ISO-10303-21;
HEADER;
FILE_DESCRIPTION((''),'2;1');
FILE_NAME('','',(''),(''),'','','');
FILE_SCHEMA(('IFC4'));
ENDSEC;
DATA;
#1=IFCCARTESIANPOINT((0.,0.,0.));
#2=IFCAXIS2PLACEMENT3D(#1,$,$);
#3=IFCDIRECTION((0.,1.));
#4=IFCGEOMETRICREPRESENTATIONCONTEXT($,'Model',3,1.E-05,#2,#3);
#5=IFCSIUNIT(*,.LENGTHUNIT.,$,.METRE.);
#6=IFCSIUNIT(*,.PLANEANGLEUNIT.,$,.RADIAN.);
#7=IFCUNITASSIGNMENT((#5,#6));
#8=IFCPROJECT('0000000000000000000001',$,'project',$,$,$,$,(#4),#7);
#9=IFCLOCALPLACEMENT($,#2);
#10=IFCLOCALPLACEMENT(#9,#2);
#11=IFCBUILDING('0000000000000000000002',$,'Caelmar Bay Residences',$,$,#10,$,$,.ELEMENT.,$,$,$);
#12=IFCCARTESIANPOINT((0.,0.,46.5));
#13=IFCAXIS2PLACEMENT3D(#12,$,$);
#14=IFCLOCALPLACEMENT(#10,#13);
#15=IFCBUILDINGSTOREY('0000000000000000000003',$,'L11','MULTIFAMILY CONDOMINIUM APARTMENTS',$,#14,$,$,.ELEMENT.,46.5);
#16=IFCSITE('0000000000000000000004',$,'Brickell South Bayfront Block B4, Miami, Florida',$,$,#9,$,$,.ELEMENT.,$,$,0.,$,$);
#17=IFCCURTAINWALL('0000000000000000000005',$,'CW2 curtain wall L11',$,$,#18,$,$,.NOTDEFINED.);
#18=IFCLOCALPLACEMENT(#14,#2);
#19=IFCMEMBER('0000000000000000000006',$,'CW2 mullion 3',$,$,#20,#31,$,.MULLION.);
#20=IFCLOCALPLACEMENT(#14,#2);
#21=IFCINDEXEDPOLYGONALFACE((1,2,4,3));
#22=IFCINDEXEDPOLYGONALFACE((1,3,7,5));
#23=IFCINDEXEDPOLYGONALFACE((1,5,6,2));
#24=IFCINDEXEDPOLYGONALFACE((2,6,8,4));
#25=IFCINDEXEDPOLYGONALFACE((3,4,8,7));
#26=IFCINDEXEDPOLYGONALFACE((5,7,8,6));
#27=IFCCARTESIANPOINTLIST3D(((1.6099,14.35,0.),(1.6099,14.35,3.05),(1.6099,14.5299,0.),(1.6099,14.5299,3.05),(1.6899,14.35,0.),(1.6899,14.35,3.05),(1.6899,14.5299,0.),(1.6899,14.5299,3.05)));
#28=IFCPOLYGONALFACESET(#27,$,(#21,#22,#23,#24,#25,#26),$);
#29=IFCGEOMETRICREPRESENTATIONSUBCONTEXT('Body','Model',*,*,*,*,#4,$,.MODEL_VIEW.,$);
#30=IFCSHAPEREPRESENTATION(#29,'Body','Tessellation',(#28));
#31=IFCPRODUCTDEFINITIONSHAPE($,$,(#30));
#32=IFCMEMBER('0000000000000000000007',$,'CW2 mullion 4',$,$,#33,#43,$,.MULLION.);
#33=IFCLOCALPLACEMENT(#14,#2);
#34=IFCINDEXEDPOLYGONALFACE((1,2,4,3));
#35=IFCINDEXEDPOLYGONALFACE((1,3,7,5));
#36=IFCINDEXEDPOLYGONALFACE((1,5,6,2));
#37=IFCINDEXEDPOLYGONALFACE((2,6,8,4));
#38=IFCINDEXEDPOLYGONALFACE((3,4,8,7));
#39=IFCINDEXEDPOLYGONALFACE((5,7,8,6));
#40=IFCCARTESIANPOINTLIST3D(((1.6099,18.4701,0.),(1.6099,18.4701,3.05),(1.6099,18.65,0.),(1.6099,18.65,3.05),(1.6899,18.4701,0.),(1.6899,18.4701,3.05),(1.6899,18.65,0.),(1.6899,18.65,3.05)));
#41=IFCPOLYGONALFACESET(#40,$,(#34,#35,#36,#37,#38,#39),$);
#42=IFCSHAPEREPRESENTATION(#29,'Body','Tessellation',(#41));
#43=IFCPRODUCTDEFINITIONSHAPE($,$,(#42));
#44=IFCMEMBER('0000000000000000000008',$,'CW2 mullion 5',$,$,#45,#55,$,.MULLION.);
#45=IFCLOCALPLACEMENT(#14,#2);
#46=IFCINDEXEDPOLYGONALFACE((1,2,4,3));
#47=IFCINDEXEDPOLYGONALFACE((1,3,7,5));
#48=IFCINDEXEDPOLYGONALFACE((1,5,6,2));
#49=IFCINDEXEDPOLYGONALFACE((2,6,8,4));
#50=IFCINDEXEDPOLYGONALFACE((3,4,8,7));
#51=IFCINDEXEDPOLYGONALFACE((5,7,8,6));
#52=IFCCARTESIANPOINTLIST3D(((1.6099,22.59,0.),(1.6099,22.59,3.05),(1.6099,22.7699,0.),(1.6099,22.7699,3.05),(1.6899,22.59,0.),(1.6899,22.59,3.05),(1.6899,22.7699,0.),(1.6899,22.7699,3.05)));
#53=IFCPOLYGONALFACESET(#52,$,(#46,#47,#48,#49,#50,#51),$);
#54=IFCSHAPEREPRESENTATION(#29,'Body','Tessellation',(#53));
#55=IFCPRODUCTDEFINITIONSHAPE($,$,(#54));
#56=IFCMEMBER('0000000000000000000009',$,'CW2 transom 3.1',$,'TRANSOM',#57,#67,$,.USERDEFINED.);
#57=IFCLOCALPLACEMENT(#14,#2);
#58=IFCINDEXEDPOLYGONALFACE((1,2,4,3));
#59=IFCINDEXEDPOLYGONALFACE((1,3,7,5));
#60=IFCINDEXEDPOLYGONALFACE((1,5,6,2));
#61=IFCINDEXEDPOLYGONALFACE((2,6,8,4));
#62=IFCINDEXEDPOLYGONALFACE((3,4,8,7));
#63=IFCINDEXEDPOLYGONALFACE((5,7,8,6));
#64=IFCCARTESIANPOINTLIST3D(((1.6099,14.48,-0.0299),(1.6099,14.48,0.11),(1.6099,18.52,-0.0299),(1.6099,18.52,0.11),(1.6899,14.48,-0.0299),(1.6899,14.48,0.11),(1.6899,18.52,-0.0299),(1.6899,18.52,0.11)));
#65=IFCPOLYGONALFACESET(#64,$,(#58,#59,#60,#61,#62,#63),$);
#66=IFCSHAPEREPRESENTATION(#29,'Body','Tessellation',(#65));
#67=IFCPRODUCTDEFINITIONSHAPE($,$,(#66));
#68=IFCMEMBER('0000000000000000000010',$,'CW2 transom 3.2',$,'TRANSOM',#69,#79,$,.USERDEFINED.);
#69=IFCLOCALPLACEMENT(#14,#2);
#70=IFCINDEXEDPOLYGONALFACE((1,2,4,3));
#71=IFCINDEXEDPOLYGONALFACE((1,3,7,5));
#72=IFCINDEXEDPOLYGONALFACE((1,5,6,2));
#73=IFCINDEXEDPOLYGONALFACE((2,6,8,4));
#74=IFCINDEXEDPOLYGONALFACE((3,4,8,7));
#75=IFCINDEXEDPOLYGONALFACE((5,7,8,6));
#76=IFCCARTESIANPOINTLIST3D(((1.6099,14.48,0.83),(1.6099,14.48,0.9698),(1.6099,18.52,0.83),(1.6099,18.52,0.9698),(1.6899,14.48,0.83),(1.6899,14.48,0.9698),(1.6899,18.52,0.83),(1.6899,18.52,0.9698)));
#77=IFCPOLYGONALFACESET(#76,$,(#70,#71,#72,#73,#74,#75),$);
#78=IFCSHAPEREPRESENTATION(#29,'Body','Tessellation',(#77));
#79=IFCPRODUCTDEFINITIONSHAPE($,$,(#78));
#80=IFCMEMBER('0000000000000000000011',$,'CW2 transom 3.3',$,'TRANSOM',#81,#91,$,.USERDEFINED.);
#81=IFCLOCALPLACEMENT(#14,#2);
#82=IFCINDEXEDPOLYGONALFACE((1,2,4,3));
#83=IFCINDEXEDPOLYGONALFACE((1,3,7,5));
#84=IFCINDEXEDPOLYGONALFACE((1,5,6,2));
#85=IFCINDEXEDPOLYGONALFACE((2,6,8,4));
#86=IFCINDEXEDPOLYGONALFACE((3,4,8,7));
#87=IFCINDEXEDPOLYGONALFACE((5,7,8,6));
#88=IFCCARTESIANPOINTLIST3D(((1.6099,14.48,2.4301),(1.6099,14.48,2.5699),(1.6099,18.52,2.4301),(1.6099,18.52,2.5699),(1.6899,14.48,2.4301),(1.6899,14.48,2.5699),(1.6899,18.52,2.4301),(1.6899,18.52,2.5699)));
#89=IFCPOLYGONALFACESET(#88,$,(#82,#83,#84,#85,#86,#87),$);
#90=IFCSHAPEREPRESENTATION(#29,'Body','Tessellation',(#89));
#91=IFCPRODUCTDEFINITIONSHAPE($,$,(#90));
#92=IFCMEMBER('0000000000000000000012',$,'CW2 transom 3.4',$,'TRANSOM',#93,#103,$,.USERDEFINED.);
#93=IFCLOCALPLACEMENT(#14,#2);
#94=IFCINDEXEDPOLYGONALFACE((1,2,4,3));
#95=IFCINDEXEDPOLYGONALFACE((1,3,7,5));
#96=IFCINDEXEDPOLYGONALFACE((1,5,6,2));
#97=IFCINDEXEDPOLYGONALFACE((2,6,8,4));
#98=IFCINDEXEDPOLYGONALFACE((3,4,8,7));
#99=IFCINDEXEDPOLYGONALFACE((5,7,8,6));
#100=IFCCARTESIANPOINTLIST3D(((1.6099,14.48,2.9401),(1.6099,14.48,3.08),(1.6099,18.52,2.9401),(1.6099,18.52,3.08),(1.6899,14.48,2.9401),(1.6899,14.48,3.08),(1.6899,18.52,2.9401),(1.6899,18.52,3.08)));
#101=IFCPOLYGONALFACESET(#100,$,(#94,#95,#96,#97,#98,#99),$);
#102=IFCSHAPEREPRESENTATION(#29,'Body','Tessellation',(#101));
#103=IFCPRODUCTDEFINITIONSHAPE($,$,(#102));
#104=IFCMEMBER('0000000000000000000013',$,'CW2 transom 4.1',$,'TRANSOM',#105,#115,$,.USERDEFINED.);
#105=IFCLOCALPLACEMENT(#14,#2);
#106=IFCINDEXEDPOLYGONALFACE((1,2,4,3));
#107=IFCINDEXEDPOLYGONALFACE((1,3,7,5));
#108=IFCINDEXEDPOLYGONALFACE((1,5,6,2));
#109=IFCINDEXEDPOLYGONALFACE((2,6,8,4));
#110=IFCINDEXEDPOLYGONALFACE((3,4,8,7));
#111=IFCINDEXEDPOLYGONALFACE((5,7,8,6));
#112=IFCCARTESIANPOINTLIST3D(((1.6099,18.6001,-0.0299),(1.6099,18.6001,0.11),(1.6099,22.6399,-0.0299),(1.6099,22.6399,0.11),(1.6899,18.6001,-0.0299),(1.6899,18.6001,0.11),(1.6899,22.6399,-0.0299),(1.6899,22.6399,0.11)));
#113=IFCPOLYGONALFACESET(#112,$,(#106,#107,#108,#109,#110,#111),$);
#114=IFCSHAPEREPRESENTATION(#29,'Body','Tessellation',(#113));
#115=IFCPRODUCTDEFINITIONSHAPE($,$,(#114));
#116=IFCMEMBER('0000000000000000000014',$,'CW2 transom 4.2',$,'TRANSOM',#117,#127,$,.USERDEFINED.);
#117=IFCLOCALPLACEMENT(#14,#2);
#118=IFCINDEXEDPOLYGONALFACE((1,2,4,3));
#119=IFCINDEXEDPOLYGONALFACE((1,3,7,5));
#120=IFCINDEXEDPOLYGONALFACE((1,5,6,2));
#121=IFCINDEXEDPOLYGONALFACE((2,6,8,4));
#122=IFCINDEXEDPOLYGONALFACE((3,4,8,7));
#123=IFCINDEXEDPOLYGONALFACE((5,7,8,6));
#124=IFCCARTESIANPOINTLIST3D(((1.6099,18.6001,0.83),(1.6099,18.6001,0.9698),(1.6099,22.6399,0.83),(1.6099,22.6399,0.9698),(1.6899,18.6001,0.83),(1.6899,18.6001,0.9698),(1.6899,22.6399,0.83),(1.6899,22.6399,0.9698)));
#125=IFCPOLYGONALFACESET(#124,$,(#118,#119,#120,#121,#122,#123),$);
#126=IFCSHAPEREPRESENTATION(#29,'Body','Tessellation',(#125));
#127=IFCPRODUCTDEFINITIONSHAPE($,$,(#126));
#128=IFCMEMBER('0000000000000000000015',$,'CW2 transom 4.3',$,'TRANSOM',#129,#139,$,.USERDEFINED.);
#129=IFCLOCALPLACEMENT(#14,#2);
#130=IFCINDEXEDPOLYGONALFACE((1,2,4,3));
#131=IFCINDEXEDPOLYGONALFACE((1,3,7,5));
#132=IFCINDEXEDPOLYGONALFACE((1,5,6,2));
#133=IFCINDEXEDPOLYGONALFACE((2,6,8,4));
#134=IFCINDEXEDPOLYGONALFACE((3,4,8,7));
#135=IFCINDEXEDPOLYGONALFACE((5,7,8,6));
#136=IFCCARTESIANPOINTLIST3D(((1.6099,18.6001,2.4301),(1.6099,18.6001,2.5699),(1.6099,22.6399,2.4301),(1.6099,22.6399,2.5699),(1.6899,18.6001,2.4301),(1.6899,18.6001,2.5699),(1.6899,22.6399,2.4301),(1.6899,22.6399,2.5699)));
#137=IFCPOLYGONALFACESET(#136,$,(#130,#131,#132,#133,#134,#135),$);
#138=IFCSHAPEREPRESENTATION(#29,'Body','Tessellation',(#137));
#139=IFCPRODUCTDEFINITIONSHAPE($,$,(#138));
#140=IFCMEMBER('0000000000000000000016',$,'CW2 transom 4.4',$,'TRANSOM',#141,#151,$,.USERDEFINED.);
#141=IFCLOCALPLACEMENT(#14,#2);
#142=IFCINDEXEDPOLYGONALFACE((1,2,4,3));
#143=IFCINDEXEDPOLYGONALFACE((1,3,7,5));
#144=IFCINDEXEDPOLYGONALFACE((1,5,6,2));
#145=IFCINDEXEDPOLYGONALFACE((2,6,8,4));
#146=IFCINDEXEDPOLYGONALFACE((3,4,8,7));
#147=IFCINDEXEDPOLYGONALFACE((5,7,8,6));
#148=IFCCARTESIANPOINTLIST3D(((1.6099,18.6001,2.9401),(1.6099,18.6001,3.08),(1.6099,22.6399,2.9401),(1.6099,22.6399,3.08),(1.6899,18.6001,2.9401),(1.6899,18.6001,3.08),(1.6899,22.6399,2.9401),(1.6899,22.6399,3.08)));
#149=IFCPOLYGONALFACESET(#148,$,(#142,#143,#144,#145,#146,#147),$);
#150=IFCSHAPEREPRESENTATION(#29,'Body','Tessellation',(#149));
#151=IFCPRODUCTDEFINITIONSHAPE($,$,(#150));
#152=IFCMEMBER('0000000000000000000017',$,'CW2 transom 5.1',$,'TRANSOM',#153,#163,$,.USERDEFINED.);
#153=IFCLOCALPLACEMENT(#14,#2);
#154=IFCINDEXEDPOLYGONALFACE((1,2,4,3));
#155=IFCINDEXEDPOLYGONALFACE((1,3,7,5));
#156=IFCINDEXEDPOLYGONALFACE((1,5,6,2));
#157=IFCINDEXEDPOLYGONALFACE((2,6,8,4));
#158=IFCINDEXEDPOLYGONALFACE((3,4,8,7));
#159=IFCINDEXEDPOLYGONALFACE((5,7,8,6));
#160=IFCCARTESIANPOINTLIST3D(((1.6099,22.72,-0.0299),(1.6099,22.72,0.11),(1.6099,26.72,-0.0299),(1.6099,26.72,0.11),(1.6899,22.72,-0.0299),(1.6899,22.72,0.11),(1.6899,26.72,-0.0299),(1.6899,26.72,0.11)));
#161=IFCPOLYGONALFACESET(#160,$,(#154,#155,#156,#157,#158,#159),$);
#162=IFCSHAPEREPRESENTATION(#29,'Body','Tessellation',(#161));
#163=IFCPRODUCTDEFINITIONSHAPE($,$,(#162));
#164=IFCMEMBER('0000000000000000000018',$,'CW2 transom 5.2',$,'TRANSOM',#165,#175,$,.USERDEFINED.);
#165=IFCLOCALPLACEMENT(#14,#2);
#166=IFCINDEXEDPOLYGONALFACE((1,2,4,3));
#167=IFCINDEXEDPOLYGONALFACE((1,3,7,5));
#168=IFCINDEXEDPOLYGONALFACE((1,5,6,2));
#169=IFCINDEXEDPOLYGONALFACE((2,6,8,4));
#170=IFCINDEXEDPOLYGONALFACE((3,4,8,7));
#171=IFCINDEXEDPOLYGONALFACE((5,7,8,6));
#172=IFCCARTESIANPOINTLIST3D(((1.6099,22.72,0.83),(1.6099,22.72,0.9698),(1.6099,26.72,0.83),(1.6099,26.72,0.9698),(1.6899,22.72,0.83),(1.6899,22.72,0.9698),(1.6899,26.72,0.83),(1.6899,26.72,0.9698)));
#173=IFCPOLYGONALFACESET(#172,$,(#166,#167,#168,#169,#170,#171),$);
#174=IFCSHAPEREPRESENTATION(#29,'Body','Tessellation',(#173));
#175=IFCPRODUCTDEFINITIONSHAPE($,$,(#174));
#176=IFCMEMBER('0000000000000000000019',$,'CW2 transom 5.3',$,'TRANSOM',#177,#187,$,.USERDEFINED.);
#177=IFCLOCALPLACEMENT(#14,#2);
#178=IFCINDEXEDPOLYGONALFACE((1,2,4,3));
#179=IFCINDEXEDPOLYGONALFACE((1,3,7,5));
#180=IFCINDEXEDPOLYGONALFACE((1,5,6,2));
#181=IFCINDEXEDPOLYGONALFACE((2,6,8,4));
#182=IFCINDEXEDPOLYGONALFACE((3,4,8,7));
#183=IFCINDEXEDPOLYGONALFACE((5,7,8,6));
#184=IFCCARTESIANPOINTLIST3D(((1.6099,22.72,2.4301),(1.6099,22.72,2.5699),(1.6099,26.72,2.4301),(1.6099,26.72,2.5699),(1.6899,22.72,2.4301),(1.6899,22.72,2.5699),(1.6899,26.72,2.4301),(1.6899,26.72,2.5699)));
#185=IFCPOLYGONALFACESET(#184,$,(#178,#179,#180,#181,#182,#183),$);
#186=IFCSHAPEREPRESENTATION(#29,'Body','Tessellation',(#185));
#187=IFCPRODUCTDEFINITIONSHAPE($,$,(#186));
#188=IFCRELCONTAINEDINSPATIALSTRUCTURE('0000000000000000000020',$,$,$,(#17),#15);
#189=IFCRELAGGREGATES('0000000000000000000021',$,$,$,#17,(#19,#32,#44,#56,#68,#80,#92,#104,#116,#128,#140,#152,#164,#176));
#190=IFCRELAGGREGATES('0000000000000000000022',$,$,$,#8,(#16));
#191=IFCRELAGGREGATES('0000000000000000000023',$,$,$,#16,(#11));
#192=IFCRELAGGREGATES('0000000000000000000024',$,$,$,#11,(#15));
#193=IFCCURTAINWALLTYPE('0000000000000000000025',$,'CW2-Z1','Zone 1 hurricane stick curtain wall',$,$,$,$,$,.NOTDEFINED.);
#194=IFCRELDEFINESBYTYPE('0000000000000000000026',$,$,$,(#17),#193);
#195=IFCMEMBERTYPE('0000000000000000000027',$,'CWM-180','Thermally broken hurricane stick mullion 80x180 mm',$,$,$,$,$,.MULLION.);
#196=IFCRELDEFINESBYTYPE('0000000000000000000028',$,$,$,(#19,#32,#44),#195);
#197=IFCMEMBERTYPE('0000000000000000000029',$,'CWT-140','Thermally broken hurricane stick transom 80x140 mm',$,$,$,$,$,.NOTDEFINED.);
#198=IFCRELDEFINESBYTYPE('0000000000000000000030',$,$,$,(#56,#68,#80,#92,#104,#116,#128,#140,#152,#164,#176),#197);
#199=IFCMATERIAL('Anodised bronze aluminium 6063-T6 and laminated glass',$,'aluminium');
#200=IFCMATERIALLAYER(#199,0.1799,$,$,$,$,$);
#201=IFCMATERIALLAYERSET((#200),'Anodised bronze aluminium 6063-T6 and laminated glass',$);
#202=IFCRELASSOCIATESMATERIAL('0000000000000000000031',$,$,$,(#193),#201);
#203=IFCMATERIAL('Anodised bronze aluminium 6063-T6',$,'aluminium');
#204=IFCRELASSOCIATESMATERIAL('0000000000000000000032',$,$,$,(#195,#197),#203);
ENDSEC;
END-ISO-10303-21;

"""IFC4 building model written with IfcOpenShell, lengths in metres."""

from ifc_helpers import new_model, si_unit, direction, frame, origin, origin_2d, place, context, subcontext, project, spatial, rectangle, extrude, material, layer, layer_set, material_profile, profile_set, type_object, element, aggregate, save


model = new_model("IFC4")

# Units and contexts
model_context = context("Model", 3, precision=1e-05, world=origin(), true_north=direction((0.0, 1.0)))
body_context = subcontext(model_context, "Body", "Model", "MODEL_VIEW")
ifc_project = project(units=[si_unit("LENGTHUNIT", "METRE"), si_unit("PLANEANGLEUNIT", "RADIAN")], contexts=[model_context])

# Site, building, storey
site_placement = place(None, origin())
site = spatial("IfcSite", under=ifc_project, at=site_placement, Name="Brickell South Bayfront Block B4, Miami, Florida", CompositionType="ELEMENT", RefElevation=0.0)
building_placement = place(site_placement, origin())
building = spatial("IfcBuilding", under=site, at=building_placement, Name="Caelmar Bay Residences", CompositionType="ELEMENT")
storey_placement = place(building_placement, frame((0.0, 0.0, 46.5)))
storey = spatial("IfcBuildingStorey", under=building, at=storey_placement, Name="L11", Description="MULTIFAMILY CONDOMINIUM APARTMENTS", CompositionType="ELEMENT", Elevation=46.5)

# Curtain wall, members
ifc_material_1 = material(Name="Anodised bronze aluminium 6063-T6 and laminated glass", Category="aluminium")
ifc_layer_1 = layer(ifc_material_1, 0.1799)
ifc_layer_set_1 = layer_set([ifc_layer_1], Name="Anodised bronze aluminium 6063-T6 and laminated glass")
curtain_wall_type = type_object("IfcCurtainWallType", Name="CW2-Z1", Description="Zone 1 hurricane stick curtain wall", PredefinedType="NOTDEFINED", material=ifc_layer_set_1)
curtain_wall_placement = place(storey_placement, origin())
curtain_wall = element("IfcCurtainWall", 1, at=curtain_wall_placement, inside=storey, type_object=curtain_wall_type, Name="CW2 curtain wall L11", PredefinedType="NOTDEFINED")
ifc_material_2 = material(Name="Anodised bronze aluminium 6063-T6", Category="aluminium")
ifc_material_profile_1 = material_profile(ifc_material_2, rectangle(XDim=0.0801, YDim=0.1799, at=origin_2d()), Name="CWM-80X180")
ifc_profile_set_1 = profile_set([ifc_material_profile_1], Name="Anodised bronze aluminium 6063-T6")
member_type_1 = type_object("IfcMemberType", Name="CWM-180", Description="Thermally broken hurricane stick mullion 80x180 mm", PredefinedType="MULLION", material=ifc_profile_set_1)
member_1_placement = place(storey_placement, frame((1.6499, 14.4399, 0.0), z_axis=(0.0, 0.0, 1.0), x_axis=(-1.0, 0.0, 0.0)))
member_1 = element("IfcMember", 2, at=member_1_placement, type_object=member_type_1, Name="CW2 mullion 3", PredefinedType="MULLION", context=body_context, shape_type="SweptSolid", body=[
    extrude(rectangle(XDim=0.0801, YDim=0.1799, at=origin_2d()), origin(), (0.0, 0.0, 1.0), 3.05),
])
member_2_placement = place(storey_placement, frame((1.6499, 18.5601, 0.0), z_axis=(0.0, 0.0, 1.0), x_axis=(-1.0, 0.0, 0.0)))
member_2 = element("IfcMember", 3, at=member_2_placement, type_object=member_type_1, Name="CW2 mullion 4", PredefinedType="MULLION", context=body_context, shape_type="SweptSolid", body=[
    extrude(rectangle(XDim=0.0801, YDim=0.1799, at=origin_2d()), origin(), (0.0, 0.0, 1.0), 3.05),
])
member_3_placement = place(storey_placement, frame((1.6499, 22.6799, 0.0), z_axis=(0.0, 0.0, 1.0), x_axis=(-1.0, 0.0, 0.0)))
member_3 = element("IfcMember", 4, at=member_3_placement, type_object=member_type_1, Name="CW2 mullion 5", PredefinedType="MULLION", context=body_context, shape_type="SweptSolid", body=[
    extrude(rectangle(XDim=0.0801, YDim=0.1799, at=origin_2d()), origin(), (0.0, 0.0, 1.0), 3.05),
])
ifc_material_profile_2 = material_profile(ifc_material_2, rectangle(XDim=0.0801, YDim=0.1399, at=origin_2d()), Name="CWT-80X140")
ifc_profile_set_2 = profile_set([ifc_material_profile_2], Name="Anodised bronze aluminium 6063-T6")
member_type_2 = type_object("IfcMemberType", Name="CWT-140", Description="Thermally broken hurricane stick transom 80x140 mm", PredefinedType="NOTDEFINED", material=ifc_profile_set_2)
member_4_placement = place(storey_placement, frame((1.6499, 14.48, 0.04), z_axis=(0.0, 1.0, 0.0), x_axis=(-1.0, 0.0, 0.0)))
member_4 = element("IfcMember", 5, at=member_4_placement, type_object=member_type_2, Name="CW2 transom 3.1", ObjectType="TRANSOM", PredefinedType="USERDEFINED", context=body_context, shape_type="SweptSolid", body=[
    extrude(rectangle(XDim=0.0801, YDim=0.1399, at=origin_2d()), origin(), (0.0, 0.0, 1.0), 4.04),
])
member_5_placement = place(storey_placement, frame((1.6499, 14.48, 0.8999), z_axis=(0.0, 1.0, 0.0), x_axis=(-1.0, 0.0, 0.0)))
member_5 = element("IfcMember", 6, at=member_5_placement, type_object=member_type_2, Name="CW2 transom 3.2", ObjectType="TRANSOM", PredefinedType="USERDEFINED", context=body_context, shape_type="SweptSolid", body=[
    extrude(rectangle(XDim=0.0801, YDim=0.1399, at=origin_2d()), origin(), (0.0, 0.0, 1.0), 4.04),
])
member_6_placement = place(storey_placement, frame((1.6499, 14.48, 2.5), z_axis=(0.0, 1.0, 0.0), x_axis=(-1.0, 0.0, 0.0)))
member_6 = element("IfcMember", 7, at=member_6_placement, type_object=member_type_2, Name="CW2 transom 3.3", ObjectType="TRANSOM", PredefinedType="USERDEFINED", context=body_context, shape_type="SweptSolid", body=[
    extrude(rectangle(XDim=0.0801, YDim=0.1399, at=origin_2d()), origin(), (0.0, 0.0, 1.0), 4.04),
])
member_7_placement = place(storey_placement, frame((1.6499, 14.48, 3.01), z_axis=(0.0, 1.0, 0.0), x_axis=(-1.0, 0.0, 0.0)))
member_7 = element("IfcMember", 8, at=member_7_placement, type_object=member_type_2, Name="CW2 transom 3.4", ObjectType="TRANSOM", PredefinedType="USERDEFINED", context=body_context, shape_type="SweptSolid", body=[
    extrude(rectangle(XDim=0.0801, YDim=0.1399, at=origin_2d()), origin(), (0.0, 0.0, 1.0), 4.04),
])
member_8_placement = place(storey_placement, frame((1.6499, 18.6001, 0.04), z_axis=(0.0, 1.0, 0.0), x_axis=(-1.0, 0.0, 0.0)))
member_8 = element("IfcMember", 9, at=member_8_placement, type_object=member_type_2, Name="CW2 transom 4.1", ObjectType="TRANSOM", PredefinedType="USERDEFINED", context=body_context, shape_type="SweptSolid", body=[
    extrude(rectangle(XDim=0.0801, YDim=0.1399, at=origin_2d()), origin(), (0.0, 0.0, 1.0), 4.0398),
])
member_9_placement = place(storey_placement, frame((1.6499, 18.6001, 0.8999), z_axis=(0.0, 1.0, 0.0), x_axis=(-1.0, 0.0, 0.0)))
member_9 = element("IfcMember", 10, at=member_9_placement, type_object=member_type_2, Name="CW2 transom 4.2", ObjectType="TRANSOM", PredefinedType="USERDEFINED", context=body_context, shape_type="SweptSolid", body=[
    extrude(rectangle(XDim=0.0801, YDim=0.1399, at=origin_2d()), origin(), (0.0, 0.0, 1.0), 4.0398),
])
member_10_placement = place(storey_placement, frame((1.6499, 18.6001, 2.5), z_axis=(0.0, 1.0, 0.0), x_axis=(-1.0, 0.0, 0.0)))
member_10 = element("IfcMember", 11, at=member_10_placement, type_object=member_type_2, Name="CW2 transom 4.3", ObjectType="TRANSOM", PredefinedType="USERDEFINED", context=body_context, shape_type="SweptSolid", body=[
    extrude(rectangle(XDim=0.0801, YDim=0.1399, at=origin_2d()), origin(), (0.0, 0.0, 1.0), 4.0398),
])
member_11_placement = place(storey_placement, frame((1.6499, 18.6001, 3.01), z_axis=(0.0, 1.0, 0.0), x_axis=(-1.0, 0.0, 0.0)))
member_11 = element("IfcMember", 12, at=member_11_placement, type_object=member_type_2, Name="CW2 transom 4.4", ObjectType="TRANSOM", PredefinedType="USERDEFINED", context=body_context, shape_type="SweptSolid", body=[
    extrude(rectangle(XDim=0.0801, YDim=0.1399, at=origin_2d()), origin(), (0.0, 0.0, 1.0), 4.0398),
])
member_12_placement = place(storey_placement, frame((1.6499, 22.72, 0.04), z_axis=(0.0, 1.0, 0.0), x_axis=(-1.0, 0.0, 0.0)))
member_12 = element("IfcMember", 13, at=member_12_placement, type_object=member_type_2, Name="CW2 transom 5.1", ObjectType="TRANSOM", PredefinedType="USERDEFINED", context=body_context, shape_type="SweptSolid", body=[
    extrude(rectangle(XDim=0.0801, YDim=0.1399, at=origin_2d()), origin(), (0.0, 0.0, 1.0), 4.0),
])
member_13_placement = place(storey_placement, frame((1.6499, 22.72, 0.8999), z_axis=(0.0, 1.0, 0.0), x_axis=(-1.0, 0.0, 0.0)))
member_13 = element("IfcMember", 14, at=member_13_placement, type_object=member_type_2, Name="CW2 transom 5.2", ObjectType="TRANSOM", PredefinedType="USERDEFINED", context=body_context, shape_type="SweptSolid", body=[
    extrude(rectangle(XDim=0.0801, YDim=0.1399, at=origin_2d()), origin(), (0.0, 0.0, 1.0), 4.0),
])
member_14_placement = place(storey_placement, frame((1.6499, 22.72, 2.5), z_axis=(0.0, 1.0, 0.0), x_axis=(-1.0, 0.0, 0.0)))
member_14 = element("IfcMember", 15, at=member_14_placement, type_object=member_type_2, Name="CW2 transom 5.3", ObjectType="TRANSOM", PredefinedType="USERDEFINED", context=body_context, shape_type="SweptSolid", body=[
    extrude(rectangle(XDim=0.0801, YDim=0.1399, at=origin_2d()), origin(), (0.0, 0.0, 1.0), 4.0),
])
aggregate(curtain_wall, [member_1, member_2, member_3, member_4, member_5, member_6, member_7, member_8, member_9, member_10, member_11, member_12, member_13, member_14])

save(model, "model.ifc")
